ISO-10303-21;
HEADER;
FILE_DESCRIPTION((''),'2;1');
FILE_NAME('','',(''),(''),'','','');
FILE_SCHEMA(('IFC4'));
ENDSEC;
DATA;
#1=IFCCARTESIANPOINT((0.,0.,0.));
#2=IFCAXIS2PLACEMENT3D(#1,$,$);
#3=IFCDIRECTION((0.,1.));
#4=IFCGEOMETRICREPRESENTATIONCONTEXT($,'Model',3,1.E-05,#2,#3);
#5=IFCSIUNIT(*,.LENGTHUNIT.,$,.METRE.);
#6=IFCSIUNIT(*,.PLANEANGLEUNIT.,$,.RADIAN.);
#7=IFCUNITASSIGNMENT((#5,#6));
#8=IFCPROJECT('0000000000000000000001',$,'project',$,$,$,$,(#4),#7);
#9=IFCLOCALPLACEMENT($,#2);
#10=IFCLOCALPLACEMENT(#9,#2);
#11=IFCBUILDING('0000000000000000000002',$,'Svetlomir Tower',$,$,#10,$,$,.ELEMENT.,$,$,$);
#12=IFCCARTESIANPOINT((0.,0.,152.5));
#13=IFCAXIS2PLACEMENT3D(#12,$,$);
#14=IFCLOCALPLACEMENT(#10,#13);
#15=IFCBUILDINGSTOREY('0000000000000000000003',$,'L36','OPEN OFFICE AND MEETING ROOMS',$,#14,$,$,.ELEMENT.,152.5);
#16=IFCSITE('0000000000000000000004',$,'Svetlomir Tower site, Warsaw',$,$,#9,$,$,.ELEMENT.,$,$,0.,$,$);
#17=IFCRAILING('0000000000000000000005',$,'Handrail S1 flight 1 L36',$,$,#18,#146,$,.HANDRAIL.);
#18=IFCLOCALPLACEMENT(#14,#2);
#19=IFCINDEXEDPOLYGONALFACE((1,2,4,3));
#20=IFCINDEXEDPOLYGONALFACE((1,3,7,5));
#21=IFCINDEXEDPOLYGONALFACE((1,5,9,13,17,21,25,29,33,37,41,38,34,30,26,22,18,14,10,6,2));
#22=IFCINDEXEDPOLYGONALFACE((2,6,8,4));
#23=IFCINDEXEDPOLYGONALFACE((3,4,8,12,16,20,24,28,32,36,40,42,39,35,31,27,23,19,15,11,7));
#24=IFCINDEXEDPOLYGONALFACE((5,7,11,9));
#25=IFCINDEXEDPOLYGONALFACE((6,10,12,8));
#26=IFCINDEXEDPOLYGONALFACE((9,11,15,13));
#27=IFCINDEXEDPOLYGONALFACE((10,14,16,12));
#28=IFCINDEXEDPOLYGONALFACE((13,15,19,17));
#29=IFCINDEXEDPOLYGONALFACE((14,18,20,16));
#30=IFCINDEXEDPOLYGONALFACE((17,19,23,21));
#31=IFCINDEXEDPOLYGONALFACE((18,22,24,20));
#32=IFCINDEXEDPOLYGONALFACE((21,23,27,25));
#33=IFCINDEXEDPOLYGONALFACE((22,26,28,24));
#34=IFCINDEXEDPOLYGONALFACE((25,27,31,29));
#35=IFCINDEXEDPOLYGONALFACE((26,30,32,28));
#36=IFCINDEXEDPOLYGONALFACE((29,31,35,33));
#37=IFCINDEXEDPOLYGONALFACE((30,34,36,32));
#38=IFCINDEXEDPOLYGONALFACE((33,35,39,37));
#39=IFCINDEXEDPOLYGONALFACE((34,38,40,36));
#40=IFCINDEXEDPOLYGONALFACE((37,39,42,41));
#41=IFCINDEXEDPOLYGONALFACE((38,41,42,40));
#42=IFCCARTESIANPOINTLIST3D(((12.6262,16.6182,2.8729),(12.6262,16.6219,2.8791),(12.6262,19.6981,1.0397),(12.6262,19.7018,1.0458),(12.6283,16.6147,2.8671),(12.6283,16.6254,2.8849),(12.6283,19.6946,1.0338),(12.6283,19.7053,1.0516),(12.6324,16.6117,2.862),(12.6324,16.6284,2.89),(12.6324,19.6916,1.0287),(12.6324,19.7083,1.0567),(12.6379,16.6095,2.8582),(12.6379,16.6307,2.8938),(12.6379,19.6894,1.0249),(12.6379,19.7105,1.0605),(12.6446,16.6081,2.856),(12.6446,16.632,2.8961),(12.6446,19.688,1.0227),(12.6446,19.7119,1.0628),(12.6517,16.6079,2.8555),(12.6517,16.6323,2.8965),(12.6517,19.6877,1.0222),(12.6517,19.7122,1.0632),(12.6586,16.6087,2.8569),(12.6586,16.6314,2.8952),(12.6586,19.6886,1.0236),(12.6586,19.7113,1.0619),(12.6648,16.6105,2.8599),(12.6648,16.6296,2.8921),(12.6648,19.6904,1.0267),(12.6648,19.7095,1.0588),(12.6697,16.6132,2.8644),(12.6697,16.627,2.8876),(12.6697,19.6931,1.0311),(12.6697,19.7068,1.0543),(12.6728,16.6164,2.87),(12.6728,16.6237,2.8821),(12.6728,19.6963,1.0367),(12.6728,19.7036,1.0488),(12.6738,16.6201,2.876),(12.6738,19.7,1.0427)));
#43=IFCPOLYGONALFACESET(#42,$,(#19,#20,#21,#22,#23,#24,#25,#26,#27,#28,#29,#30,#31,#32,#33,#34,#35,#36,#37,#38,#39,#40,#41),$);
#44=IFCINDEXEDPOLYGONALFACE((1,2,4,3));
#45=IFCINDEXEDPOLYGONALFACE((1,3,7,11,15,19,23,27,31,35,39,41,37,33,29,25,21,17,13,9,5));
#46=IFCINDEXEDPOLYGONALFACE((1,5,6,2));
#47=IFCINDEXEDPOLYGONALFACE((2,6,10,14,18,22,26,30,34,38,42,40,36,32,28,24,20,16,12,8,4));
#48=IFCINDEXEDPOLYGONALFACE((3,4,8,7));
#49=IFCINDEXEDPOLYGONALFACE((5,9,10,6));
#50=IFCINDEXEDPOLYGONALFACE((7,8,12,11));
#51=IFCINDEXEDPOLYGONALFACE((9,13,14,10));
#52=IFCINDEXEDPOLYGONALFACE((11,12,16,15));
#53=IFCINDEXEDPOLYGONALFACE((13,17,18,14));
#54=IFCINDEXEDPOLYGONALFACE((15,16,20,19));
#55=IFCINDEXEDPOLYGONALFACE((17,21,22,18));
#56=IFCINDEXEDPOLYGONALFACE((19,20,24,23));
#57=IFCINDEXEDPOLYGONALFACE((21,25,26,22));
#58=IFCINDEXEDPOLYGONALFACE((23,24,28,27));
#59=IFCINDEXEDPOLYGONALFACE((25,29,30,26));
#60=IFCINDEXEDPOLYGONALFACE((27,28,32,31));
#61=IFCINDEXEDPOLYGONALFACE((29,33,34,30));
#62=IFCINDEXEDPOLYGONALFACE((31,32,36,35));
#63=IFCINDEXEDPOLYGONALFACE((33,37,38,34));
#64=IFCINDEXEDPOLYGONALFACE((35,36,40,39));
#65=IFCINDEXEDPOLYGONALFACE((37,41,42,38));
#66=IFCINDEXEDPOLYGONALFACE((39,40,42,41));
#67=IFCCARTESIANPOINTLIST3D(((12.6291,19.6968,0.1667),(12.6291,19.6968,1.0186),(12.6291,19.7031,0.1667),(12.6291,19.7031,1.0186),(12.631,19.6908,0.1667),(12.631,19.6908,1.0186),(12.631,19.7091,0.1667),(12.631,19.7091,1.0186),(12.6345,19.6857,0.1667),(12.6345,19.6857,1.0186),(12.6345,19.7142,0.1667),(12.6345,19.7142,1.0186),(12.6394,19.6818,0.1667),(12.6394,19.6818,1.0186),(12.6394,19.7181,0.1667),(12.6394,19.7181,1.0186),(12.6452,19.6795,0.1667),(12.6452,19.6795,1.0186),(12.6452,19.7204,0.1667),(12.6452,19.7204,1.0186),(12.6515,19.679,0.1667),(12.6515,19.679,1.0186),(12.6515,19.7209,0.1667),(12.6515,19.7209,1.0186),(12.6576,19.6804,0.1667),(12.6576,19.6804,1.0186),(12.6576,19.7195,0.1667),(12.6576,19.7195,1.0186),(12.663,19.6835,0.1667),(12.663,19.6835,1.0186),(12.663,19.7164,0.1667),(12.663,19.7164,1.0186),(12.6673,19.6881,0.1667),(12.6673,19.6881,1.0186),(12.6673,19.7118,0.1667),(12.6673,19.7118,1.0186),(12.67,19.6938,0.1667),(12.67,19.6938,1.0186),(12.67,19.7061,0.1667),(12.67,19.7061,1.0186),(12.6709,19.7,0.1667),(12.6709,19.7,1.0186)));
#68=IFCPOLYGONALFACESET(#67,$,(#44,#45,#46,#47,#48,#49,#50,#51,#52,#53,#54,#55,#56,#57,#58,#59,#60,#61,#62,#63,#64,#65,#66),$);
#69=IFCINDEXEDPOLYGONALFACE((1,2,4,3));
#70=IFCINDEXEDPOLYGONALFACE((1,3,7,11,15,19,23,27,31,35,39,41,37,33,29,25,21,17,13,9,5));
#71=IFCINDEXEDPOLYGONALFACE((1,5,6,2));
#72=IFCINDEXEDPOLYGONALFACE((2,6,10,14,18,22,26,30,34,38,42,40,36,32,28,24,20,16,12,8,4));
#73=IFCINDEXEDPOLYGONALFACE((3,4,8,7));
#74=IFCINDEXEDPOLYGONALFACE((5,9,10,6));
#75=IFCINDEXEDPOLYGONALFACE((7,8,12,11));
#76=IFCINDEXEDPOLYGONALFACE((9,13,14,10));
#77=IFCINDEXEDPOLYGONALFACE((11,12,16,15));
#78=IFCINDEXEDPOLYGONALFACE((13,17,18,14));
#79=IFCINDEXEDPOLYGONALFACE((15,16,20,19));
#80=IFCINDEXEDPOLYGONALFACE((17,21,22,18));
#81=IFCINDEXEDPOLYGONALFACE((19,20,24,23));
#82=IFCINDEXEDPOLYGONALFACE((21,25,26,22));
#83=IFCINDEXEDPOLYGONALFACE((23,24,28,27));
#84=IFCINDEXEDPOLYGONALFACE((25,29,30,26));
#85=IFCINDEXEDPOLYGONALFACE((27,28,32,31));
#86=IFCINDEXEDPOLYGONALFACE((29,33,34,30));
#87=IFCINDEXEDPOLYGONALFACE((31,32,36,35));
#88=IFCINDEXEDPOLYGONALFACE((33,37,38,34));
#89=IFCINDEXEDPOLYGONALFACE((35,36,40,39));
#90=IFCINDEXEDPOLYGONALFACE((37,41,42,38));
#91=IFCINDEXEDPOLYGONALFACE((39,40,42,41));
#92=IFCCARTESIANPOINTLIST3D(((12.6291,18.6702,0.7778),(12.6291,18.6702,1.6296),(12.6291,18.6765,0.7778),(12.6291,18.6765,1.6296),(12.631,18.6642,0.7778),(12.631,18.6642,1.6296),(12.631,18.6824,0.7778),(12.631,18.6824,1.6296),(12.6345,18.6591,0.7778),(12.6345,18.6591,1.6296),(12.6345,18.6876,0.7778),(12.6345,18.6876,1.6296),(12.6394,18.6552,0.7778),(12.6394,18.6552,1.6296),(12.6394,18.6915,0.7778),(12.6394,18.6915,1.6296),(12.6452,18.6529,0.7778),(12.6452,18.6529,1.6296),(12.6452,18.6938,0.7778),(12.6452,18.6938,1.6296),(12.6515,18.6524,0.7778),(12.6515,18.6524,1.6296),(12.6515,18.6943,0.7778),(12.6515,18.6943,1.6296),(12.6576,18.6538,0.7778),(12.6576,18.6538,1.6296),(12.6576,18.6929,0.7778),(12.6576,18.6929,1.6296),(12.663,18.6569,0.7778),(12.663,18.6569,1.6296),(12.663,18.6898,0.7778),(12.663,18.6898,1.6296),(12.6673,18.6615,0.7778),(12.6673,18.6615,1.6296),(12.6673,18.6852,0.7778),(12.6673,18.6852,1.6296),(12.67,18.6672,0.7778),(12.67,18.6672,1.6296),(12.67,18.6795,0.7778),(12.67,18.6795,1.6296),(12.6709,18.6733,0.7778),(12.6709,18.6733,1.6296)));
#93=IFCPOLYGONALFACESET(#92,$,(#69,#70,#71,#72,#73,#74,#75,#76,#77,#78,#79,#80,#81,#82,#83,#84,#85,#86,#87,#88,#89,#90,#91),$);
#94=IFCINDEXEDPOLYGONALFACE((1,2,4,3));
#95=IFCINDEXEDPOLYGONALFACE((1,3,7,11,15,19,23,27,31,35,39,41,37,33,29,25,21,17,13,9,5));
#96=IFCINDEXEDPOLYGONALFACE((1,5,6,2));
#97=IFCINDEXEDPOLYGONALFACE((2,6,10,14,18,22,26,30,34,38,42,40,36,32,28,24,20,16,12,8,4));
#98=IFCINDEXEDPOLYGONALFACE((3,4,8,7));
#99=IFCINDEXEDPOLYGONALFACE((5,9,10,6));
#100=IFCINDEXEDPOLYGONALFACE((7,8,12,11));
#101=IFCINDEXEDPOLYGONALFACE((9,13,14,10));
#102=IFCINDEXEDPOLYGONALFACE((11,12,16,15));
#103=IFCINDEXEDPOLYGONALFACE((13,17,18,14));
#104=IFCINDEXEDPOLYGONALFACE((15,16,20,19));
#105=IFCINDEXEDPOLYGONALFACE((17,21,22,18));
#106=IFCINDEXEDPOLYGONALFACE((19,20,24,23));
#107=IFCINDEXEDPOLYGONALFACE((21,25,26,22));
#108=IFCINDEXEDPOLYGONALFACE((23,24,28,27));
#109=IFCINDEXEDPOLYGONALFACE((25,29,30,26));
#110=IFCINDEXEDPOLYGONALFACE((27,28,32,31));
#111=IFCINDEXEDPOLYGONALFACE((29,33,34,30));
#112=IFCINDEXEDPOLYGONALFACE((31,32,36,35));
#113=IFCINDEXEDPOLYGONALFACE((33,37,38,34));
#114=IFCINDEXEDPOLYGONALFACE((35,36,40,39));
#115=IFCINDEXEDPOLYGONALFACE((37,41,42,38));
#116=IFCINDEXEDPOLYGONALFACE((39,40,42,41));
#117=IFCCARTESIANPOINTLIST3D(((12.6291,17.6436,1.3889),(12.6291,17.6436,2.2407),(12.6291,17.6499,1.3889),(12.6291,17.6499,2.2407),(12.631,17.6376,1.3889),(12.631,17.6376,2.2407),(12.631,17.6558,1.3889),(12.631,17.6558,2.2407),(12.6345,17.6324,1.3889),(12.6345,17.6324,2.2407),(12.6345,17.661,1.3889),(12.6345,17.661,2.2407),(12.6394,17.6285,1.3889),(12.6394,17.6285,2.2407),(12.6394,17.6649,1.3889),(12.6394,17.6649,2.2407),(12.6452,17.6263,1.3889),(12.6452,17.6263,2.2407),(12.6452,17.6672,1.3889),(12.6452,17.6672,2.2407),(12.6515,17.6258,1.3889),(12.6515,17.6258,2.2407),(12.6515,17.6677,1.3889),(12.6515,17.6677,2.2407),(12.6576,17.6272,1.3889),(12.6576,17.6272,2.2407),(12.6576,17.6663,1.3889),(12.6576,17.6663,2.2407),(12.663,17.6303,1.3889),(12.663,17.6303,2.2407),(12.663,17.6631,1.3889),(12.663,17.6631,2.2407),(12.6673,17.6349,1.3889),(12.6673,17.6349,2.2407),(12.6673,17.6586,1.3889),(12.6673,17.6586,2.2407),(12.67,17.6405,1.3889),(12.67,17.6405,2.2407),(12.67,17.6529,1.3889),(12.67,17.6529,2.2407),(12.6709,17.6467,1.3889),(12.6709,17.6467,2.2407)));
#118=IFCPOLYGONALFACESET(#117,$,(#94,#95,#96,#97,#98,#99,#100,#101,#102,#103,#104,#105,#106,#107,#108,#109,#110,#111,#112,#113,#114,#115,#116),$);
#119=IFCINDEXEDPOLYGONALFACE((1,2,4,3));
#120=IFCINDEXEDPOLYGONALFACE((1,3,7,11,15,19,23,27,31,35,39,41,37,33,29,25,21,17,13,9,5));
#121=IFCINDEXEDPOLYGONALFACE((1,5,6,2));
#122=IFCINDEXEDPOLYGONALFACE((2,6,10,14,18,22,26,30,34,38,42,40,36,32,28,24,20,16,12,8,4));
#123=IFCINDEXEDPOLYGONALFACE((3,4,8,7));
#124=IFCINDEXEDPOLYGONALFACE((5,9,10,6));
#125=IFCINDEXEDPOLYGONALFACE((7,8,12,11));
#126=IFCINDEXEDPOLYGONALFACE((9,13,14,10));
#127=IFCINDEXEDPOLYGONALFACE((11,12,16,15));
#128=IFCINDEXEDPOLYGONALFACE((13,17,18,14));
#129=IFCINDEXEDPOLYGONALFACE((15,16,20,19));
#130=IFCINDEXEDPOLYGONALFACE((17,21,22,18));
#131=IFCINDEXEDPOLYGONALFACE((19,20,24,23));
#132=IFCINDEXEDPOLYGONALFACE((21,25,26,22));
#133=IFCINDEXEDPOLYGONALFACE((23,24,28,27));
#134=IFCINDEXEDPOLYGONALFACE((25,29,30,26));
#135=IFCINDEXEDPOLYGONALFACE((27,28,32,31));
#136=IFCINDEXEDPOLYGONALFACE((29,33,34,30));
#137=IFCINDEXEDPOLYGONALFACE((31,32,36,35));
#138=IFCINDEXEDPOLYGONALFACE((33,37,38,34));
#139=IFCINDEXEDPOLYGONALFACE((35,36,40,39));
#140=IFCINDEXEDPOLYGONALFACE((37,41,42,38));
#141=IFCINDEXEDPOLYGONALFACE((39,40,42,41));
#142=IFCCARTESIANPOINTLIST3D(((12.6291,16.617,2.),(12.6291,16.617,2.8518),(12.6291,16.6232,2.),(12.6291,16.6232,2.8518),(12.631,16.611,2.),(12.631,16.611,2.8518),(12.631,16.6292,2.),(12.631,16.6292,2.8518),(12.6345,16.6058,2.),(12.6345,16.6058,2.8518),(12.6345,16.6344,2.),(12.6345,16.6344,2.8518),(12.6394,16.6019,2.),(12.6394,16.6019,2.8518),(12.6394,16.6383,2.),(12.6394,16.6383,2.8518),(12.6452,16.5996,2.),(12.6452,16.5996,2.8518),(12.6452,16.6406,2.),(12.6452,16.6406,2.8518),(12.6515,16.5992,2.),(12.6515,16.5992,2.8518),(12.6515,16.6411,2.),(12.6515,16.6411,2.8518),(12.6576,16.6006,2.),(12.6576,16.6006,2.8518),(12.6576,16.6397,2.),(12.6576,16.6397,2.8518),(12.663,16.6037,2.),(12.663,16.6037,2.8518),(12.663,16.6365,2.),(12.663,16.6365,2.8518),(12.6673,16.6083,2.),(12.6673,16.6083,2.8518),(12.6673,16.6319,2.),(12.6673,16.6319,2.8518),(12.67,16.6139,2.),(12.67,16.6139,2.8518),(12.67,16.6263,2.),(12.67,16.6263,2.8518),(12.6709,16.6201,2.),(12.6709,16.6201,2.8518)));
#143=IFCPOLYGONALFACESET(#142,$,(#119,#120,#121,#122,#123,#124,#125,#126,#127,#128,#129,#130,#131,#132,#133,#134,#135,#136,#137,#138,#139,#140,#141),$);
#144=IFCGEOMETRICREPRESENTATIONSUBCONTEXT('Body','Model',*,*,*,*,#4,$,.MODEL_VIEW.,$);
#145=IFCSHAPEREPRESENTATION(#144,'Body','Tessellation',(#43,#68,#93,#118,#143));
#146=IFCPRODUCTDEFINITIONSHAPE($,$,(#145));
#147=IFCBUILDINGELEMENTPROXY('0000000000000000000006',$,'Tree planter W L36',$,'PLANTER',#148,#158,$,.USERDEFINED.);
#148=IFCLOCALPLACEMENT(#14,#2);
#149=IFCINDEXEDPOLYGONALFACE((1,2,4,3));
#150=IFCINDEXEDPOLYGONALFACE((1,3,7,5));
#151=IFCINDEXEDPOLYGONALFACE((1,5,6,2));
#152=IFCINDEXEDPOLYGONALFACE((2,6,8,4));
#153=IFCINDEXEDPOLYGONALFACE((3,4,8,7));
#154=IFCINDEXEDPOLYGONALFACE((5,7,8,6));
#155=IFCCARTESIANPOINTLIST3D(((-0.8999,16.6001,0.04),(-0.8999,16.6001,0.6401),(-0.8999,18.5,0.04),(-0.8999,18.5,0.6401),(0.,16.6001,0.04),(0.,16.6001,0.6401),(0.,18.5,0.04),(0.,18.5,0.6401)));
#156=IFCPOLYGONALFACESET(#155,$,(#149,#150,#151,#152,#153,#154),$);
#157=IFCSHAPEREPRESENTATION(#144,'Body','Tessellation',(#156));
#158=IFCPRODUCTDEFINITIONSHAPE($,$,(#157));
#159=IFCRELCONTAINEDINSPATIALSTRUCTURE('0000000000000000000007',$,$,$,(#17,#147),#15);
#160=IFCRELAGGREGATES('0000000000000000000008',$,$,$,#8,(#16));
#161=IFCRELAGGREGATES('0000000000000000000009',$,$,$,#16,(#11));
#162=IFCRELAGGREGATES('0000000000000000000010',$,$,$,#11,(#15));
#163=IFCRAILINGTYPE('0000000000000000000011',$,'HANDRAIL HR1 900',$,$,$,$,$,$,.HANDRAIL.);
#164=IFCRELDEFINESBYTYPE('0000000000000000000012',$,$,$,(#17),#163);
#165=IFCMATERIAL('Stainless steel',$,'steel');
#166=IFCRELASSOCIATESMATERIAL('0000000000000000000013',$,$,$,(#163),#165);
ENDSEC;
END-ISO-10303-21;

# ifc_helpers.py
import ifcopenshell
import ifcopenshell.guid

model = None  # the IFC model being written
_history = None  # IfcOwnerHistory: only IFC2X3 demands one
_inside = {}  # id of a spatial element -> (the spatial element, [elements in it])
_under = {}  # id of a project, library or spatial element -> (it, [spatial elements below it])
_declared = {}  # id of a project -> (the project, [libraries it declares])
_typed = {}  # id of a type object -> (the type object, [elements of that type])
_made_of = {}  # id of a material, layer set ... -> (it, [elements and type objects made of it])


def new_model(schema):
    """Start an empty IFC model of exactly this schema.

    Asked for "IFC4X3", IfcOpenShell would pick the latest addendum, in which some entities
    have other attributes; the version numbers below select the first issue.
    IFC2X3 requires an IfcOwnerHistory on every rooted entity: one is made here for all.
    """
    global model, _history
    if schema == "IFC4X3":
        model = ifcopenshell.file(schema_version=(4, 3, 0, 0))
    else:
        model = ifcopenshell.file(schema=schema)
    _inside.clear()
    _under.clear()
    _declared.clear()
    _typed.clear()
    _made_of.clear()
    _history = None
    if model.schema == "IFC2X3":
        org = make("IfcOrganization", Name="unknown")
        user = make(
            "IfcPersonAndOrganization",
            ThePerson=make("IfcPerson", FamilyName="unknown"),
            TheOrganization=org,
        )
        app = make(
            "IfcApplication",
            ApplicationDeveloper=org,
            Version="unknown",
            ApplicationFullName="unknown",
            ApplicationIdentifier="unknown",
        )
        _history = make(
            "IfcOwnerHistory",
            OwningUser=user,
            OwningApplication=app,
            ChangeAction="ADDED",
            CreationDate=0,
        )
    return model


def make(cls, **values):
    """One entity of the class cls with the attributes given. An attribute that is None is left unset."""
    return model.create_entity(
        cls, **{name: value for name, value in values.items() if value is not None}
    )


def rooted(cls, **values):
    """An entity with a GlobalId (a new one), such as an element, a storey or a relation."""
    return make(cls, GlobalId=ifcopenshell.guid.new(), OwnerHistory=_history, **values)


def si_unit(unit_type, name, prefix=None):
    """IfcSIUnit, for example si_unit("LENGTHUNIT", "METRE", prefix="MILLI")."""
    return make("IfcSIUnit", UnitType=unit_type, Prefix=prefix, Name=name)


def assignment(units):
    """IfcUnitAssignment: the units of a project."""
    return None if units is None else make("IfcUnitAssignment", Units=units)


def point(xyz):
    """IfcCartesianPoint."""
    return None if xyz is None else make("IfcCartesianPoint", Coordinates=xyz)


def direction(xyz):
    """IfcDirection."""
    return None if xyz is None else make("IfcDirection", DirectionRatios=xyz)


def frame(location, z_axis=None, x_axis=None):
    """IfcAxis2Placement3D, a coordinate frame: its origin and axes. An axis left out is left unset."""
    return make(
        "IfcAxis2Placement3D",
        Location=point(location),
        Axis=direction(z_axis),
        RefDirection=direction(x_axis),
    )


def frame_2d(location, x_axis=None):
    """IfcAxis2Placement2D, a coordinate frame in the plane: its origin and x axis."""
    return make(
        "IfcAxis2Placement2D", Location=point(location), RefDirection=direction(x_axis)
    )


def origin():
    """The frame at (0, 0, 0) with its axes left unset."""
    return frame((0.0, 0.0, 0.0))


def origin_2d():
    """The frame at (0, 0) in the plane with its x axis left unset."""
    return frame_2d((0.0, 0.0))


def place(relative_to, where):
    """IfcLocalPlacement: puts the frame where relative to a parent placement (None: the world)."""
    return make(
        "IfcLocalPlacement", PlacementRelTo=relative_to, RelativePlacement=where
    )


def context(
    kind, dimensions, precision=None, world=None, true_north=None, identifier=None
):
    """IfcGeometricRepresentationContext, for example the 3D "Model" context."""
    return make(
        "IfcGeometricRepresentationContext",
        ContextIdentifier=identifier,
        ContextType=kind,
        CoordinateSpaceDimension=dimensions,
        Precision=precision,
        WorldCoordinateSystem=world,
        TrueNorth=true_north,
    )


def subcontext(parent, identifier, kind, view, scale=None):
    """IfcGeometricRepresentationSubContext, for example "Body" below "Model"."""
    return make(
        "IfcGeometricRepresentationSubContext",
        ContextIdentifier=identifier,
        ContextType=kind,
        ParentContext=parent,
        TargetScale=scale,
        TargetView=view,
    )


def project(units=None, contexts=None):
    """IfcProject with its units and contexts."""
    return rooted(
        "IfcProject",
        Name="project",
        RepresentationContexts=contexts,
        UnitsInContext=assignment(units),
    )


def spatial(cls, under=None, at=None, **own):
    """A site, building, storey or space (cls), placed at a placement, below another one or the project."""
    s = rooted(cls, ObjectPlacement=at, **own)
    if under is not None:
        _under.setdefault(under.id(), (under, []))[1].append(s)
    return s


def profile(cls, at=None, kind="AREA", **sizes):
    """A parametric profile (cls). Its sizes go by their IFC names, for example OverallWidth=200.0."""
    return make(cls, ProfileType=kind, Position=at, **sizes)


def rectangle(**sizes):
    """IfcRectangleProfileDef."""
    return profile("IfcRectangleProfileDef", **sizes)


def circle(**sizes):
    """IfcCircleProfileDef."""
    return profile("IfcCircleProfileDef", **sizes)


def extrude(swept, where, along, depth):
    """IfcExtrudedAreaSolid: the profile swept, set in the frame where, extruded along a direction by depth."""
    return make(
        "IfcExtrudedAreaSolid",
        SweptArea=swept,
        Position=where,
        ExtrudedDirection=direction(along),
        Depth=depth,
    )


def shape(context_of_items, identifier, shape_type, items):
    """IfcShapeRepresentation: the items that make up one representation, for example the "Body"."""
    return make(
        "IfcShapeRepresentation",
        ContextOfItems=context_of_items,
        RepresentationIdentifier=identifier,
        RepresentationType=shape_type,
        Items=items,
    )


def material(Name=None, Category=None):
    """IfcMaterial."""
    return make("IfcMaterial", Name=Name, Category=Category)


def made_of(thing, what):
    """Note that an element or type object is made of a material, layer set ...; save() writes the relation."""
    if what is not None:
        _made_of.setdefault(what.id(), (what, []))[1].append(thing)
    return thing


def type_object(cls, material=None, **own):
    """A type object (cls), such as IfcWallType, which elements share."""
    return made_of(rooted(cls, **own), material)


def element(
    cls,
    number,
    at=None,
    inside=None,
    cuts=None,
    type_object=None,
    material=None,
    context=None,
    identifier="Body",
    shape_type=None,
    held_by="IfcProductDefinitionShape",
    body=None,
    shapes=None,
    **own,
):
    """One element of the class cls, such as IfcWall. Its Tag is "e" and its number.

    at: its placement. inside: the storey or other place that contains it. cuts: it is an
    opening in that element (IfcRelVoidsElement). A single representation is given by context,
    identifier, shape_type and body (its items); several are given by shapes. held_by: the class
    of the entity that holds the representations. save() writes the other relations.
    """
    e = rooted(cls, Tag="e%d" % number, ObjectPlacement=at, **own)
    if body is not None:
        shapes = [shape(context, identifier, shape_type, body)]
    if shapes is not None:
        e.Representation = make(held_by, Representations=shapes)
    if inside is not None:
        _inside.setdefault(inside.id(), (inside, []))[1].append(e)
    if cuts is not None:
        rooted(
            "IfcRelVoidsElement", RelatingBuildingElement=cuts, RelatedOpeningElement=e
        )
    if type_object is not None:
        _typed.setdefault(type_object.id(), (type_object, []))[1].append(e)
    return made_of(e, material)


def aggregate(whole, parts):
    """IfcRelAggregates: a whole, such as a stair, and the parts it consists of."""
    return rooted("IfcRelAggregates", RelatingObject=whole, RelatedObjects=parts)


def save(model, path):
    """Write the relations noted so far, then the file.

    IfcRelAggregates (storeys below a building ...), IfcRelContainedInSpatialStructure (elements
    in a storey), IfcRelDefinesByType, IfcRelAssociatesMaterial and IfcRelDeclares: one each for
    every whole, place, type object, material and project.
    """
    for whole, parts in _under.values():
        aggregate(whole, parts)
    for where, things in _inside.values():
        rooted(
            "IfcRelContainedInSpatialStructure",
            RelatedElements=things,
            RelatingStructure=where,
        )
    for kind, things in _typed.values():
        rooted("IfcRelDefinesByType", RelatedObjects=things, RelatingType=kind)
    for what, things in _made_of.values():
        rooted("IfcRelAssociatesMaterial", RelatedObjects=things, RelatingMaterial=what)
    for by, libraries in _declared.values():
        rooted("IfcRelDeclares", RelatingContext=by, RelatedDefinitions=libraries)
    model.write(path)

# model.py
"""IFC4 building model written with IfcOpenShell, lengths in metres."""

from ifc_helpers import new_model, si_unit, direction, frame, origin, origin_2d, place, context, subcontext, project, spatial, rectangle, circle, extrude, material, type_object, element, save


model = new_model("IFC4")

# Units and contexts
model_context = context("Model", 3, precision=1e-05, world=origin(), true_north=direction((0.0, 1.0)))
body_context = subcontext(model_context, "Body", "Model", "MODEL_VIEW")
ifc_project = project(units=[si_unit("LENGTHUNIT", "METRE"), si_unit("PLANEANGLEUNIT", "RADIAN")], contexts=[model_context])

# Site, building, storey
site_placement = place(None, origin())
site = spatial("IfcSite", under=ifc_project, at=site_placement, Name="Svetlomir Tower site, Warsaw", CompositionType="ELEMENT", RefElevation=0.0)
building_placement = place(site_placement, origin())
building = spatial("IfcBuilding", under=site, at=building_placement, Name="Svetlomir Tower", CompositionType="ELEMENT")
storey_placement = place(building_placement, frame((0.0, 0.0, 152.5)))
storey = spatial("IfcBuildingStorey", under=building, at=storey_placement, Name="L36", Description="OPEN OFFICE AND MEETING ROOMS", CompositionType="ELEMENT", Elevation=152.5)

# Railing
ifc_material_1 = material(Name="Stainless steel", Category="steel")
railing_type_1 = type_object("IfcRailingType", Name="HANDRAIL HR1 900", PredefinedType="HANDRAIL", material=ifc_material_1)
railing_1_placement = place(storey_placement, frame((12.6499, 19.7, 0.1667)))
element("IfcRailing", 1, at=railing_1_placement, inside=storey, type_object=railing_type_1, Name="Handrail S1 flight 1 L36", PredefinedType="HANDRAIL", context=body_context, shape_type="SweptSolid", body=[
    extrude(circle(Radius=0.0239, at=origin_2d()), frame((0.0, 0.0, 0.876), z_axis=(0.0, -0.859291, 0.511487), x_axis=(1.0, 0.0, 0.0)), (0.0, 0.0, 1.0), 3.5842),
    extrude(circle(Radius=0.021, at=origin_2d()), origin(), (0.0, 0.0, 1.0), 0.8518),
    extrude(circle(Radius=0.021, at=origin_2d()), frame((0.0, -1.0266, 0.6111)), (0.0, 0.0, 1.0), 0.8518),
    extrude(circle(Radius=0.021, at=origin_2d()), frame((0.0, -2.0532, 1.2222)), (0.0, 0.0, 1.0), 0.8518),
    extrude(circle(Radius=0.021, at=origin_2d()), frame((0.0, -3.0798, 1.8333)), (0.0, 0.0, 1.0), 0.8518),
])

# Building element proxy
proxy_placement = place(storey_placement, frame((-0.45, 17.55, 0.04), z_axis=(0.0, 0.0, 1.0), x_axis=(1.0, 0.0, 0.0)))
element("IfcBuildingElementProxy", 2, at=proxy_placement, inside=storey, Name="Tree planter W L36", ObjectType="PLANTER", PredefinedType="USERDEFINED", context=body_context, shape_type="SweptSolid", body=[
    extrude(rectangle(XDim=0.8999, YDim=1.8999, at=origin_2d()), origin(), (0.0, 0.0, 1.0), 0.6001),
])

save(model, "model.ifc")
